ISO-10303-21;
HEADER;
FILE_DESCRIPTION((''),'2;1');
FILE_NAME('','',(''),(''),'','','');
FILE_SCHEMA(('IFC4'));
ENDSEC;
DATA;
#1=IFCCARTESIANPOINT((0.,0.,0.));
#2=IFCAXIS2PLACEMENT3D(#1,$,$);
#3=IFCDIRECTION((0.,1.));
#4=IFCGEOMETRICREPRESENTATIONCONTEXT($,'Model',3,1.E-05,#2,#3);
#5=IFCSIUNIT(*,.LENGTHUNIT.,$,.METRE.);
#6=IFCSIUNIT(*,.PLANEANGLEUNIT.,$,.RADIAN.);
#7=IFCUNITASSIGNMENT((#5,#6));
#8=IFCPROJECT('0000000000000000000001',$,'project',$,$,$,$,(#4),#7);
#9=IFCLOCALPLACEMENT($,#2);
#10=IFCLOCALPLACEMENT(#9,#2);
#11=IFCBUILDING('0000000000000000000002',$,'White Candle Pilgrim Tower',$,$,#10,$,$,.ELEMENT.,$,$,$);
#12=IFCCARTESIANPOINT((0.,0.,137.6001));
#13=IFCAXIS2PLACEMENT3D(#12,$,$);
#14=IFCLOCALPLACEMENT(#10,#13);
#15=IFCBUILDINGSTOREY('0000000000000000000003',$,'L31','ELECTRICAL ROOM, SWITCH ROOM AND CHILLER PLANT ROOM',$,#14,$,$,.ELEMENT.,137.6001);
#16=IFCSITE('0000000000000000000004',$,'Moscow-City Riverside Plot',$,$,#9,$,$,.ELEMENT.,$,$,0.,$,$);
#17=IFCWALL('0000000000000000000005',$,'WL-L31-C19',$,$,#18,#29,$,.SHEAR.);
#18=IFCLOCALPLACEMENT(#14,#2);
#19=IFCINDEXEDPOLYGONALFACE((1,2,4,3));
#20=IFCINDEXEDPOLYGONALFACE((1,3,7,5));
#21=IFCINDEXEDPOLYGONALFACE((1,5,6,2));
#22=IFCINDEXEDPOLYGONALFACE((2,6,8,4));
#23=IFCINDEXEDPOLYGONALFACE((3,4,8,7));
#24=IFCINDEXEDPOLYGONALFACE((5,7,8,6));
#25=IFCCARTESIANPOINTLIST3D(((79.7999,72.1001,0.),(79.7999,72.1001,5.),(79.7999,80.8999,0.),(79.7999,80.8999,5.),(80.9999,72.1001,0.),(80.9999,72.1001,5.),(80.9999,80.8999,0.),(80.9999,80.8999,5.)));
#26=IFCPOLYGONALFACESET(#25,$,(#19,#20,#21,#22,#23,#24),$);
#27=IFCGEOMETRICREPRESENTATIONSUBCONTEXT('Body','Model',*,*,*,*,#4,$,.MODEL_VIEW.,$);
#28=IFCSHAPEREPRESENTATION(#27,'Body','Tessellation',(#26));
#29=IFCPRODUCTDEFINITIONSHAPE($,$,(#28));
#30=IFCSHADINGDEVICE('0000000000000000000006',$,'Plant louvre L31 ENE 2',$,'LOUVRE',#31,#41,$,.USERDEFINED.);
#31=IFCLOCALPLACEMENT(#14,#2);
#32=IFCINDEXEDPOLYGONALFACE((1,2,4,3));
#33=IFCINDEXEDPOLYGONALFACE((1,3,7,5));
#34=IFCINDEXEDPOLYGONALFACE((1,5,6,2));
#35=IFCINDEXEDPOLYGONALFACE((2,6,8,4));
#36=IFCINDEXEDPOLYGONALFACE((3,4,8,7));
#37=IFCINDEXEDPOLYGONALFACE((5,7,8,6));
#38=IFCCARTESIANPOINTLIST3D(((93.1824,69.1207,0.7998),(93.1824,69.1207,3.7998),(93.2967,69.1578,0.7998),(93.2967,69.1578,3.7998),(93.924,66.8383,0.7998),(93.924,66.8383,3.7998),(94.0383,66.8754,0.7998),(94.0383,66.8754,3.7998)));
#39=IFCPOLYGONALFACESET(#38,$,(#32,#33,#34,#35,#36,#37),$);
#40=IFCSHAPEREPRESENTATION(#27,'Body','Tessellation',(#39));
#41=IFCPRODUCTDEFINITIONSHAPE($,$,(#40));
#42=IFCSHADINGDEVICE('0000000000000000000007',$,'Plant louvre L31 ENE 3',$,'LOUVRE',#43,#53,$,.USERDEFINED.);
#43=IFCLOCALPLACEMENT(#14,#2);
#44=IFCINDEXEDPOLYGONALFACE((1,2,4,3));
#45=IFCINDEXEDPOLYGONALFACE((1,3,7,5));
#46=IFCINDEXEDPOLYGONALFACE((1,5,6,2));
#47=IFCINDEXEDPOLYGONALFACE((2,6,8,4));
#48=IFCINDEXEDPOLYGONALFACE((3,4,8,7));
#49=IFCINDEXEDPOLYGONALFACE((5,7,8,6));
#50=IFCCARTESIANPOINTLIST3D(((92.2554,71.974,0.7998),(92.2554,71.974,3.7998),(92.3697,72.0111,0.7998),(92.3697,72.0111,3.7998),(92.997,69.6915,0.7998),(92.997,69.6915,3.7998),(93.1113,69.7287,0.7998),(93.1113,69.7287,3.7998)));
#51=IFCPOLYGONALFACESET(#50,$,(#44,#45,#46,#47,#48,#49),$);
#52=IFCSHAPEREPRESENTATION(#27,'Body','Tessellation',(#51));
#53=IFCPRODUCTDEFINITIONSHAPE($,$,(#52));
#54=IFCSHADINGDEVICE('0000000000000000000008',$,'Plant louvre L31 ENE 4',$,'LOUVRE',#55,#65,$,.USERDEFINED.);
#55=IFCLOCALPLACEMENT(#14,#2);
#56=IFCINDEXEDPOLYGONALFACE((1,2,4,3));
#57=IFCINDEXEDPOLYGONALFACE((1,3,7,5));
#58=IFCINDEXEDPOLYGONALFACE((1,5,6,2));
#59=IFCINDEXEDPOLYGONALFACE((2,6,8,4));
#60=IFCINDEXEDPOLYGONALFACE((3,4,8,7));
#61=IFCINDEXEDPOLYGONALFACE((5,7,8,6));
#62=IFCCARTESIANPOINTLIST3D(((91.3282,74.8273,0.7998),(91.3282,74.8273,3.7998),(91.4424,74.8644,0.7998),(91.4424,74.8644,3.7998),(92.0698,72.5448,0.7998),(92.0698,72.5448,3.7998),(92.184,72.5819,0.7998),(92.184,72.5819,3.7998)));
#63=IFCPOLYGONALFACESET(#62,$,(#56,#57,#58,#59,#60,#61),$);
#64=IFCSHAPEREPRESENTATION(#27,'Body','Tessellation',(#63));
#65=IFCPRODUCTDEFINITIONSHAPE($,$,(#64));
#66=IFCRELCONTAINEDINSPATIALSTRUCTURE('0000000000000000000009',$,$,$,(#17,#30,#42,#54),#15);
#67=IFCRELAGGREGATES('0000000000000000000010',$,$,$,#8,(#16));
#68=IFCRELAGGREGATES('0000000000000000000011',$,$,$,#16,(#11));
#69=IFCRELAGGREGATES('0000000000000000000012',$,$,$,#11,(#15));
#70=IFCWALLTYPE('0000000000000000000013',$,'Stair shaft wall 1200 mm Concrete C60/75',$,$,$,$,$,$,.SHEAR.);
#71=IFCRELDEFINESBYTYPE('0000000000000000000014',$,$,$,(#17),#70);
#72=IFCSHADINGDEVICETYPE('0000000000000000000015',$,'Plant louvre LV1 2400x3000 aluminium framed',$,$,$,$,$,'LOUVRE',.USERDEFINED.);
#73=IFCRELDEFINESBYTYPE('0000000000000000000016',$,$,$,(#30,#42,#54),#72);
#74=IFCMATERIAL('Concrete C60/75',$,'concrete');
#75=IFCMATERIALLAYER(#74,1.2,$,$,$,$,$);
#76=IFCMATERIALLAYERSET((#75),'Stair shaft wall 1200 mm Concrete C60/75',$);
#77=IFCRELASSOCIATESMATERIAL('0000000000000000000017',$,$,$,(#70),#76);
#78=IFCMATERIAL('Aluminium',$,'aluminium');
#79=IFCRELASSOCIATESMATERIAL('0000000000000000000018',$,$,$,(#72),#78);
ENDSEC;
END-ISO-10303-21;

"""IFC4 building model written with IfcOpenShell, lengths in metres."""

from ifc_helpers import new_model, si_unit, direction, frame, frame_2d, origin, origin_2d, place, context, subcontext, project, spatial, rectangle, extrude, material, layer, layer_set, type_object, element, save


model = new_model("IFC4")

# Units and contexts
model_context = context("Model", 3, precision=1e-05, world=origin(), true_north=direction((0.0, 1.0)))
body_context = subcontext(model_context, "Body", "Model", "MODEL_VIEW")
ifc_project = project(units=[si_unit("LENGTHUNIT", "METRE"), si_unit("PLANEANGLEUNIT", "RADIAN")], contexts=[model_context])

# Site, building, storey
site_placement = place(None, origin())
site = spatial("IfcSite", under=ifc_project, at=site_placement, Name="Moscow-City Riverside Plot", CompositionType="ELEMENT", RefElevation=0.0)
building_placement = place(site_placement, origin())
building = spatial("IfcBuilding", under=site, at=building_placement, Name="White Candle Pilgrim Tower", CompositionType="ELEMENT")
storey_placement = place(building_placement, frame((0.0, 0.0, 137.6001)))
storey = spatial("IfcBuildingStorey", under=building, at=storey_placement, Name="L31", Description="ELECTRICAL ROOM, SWITCH ROOM AND CHILLER PLANT ROOM", CompositionType="ELEMENT", Elevation=137.6001)

# Wall
ifc_material_1 = material(Name="Concrete C60/75", Category="concrete")
ifc_layer_1 = layer(ifc_material_1, 1.2)
ifc_layer_set_1 = layer_set([ifc_layer_1], Name="Stair shaft wall 1200 mm Concrete C60/75")
wall_type_1 = type_object("IfcWallType", Name="Stair shaft wall 1200 mm Concrete C60/75", PredefinedType="SHEAR", material=ifc_layer_set_1)
wall_1_placement = place(storey_placement, frame((80.3999, 72.1001, 0.0), z_axis=(0.0, 0.0, 1.0), x_axis=(0.0, 1.0, 0.0)))
element("IfcWall", 1, at=wall_1_placement, inside=storey, type_object=wall_type_1, Name="WL-L31-C19", PredefinedType="SHEAR", context=body_context, shape_type="SweptSolid", body=[
    extrude(rectangle(XDim=8.7998, YDim=1.2, at=frame_2d((4.3999, 0.0))), origin(), (0.0, 0.0, 1.0), 5.0),
])

# Shading devices
ifc_material_2 = material(Name="Aluminium", Category="aluminium")
shading_device_type = type_object("IfcShadingDeviceType", Name="Plant louvre LV1 2400x3000 aluminium framed", ElementType="LOUVRE", PredefinedType="USERDEFINED", material=ifc_material_2)
for number, where, z_axis, x_axis, name in (
    (2, (93.6104, 67.998, 0.7998), (0.0, 0.0, 1.0), (-0.309017, 0.951057, 0.0), "Plant louvre L31 ENE 2"),
    (3, (92.6833, 70.8513, 0.7998), (0.0, 0.0, 1.0), (-0.309017, 0.951057, 0.0), "Plant louvre L31 ENE 3"),
    (4, (91.7561, 73.7046, 0.7998), (0.0, 0.0, 1.0), (-0.309017, 0.951057, 0.0), "Plant louvre L31 ENE 4"),
):
    element("IfcShadingDevice", number, at=place(storey_placement, frame(where, z_axis=z_axis, x_axis=x_axis)), inside=storey, type_object=shading_device_type, Name=name, ObjectType="LOUVRE", PredefinedType="USERDEFINED", context=body_context, shape_type="SweptSolid", body=[
        extrude(rectangle(XDim=2.3999, YDim=0.1201, at=origin_2d()), origin(), (0.0, 0.0, 1.0), 3.0),
    ])

save(model, "model.ifc")
